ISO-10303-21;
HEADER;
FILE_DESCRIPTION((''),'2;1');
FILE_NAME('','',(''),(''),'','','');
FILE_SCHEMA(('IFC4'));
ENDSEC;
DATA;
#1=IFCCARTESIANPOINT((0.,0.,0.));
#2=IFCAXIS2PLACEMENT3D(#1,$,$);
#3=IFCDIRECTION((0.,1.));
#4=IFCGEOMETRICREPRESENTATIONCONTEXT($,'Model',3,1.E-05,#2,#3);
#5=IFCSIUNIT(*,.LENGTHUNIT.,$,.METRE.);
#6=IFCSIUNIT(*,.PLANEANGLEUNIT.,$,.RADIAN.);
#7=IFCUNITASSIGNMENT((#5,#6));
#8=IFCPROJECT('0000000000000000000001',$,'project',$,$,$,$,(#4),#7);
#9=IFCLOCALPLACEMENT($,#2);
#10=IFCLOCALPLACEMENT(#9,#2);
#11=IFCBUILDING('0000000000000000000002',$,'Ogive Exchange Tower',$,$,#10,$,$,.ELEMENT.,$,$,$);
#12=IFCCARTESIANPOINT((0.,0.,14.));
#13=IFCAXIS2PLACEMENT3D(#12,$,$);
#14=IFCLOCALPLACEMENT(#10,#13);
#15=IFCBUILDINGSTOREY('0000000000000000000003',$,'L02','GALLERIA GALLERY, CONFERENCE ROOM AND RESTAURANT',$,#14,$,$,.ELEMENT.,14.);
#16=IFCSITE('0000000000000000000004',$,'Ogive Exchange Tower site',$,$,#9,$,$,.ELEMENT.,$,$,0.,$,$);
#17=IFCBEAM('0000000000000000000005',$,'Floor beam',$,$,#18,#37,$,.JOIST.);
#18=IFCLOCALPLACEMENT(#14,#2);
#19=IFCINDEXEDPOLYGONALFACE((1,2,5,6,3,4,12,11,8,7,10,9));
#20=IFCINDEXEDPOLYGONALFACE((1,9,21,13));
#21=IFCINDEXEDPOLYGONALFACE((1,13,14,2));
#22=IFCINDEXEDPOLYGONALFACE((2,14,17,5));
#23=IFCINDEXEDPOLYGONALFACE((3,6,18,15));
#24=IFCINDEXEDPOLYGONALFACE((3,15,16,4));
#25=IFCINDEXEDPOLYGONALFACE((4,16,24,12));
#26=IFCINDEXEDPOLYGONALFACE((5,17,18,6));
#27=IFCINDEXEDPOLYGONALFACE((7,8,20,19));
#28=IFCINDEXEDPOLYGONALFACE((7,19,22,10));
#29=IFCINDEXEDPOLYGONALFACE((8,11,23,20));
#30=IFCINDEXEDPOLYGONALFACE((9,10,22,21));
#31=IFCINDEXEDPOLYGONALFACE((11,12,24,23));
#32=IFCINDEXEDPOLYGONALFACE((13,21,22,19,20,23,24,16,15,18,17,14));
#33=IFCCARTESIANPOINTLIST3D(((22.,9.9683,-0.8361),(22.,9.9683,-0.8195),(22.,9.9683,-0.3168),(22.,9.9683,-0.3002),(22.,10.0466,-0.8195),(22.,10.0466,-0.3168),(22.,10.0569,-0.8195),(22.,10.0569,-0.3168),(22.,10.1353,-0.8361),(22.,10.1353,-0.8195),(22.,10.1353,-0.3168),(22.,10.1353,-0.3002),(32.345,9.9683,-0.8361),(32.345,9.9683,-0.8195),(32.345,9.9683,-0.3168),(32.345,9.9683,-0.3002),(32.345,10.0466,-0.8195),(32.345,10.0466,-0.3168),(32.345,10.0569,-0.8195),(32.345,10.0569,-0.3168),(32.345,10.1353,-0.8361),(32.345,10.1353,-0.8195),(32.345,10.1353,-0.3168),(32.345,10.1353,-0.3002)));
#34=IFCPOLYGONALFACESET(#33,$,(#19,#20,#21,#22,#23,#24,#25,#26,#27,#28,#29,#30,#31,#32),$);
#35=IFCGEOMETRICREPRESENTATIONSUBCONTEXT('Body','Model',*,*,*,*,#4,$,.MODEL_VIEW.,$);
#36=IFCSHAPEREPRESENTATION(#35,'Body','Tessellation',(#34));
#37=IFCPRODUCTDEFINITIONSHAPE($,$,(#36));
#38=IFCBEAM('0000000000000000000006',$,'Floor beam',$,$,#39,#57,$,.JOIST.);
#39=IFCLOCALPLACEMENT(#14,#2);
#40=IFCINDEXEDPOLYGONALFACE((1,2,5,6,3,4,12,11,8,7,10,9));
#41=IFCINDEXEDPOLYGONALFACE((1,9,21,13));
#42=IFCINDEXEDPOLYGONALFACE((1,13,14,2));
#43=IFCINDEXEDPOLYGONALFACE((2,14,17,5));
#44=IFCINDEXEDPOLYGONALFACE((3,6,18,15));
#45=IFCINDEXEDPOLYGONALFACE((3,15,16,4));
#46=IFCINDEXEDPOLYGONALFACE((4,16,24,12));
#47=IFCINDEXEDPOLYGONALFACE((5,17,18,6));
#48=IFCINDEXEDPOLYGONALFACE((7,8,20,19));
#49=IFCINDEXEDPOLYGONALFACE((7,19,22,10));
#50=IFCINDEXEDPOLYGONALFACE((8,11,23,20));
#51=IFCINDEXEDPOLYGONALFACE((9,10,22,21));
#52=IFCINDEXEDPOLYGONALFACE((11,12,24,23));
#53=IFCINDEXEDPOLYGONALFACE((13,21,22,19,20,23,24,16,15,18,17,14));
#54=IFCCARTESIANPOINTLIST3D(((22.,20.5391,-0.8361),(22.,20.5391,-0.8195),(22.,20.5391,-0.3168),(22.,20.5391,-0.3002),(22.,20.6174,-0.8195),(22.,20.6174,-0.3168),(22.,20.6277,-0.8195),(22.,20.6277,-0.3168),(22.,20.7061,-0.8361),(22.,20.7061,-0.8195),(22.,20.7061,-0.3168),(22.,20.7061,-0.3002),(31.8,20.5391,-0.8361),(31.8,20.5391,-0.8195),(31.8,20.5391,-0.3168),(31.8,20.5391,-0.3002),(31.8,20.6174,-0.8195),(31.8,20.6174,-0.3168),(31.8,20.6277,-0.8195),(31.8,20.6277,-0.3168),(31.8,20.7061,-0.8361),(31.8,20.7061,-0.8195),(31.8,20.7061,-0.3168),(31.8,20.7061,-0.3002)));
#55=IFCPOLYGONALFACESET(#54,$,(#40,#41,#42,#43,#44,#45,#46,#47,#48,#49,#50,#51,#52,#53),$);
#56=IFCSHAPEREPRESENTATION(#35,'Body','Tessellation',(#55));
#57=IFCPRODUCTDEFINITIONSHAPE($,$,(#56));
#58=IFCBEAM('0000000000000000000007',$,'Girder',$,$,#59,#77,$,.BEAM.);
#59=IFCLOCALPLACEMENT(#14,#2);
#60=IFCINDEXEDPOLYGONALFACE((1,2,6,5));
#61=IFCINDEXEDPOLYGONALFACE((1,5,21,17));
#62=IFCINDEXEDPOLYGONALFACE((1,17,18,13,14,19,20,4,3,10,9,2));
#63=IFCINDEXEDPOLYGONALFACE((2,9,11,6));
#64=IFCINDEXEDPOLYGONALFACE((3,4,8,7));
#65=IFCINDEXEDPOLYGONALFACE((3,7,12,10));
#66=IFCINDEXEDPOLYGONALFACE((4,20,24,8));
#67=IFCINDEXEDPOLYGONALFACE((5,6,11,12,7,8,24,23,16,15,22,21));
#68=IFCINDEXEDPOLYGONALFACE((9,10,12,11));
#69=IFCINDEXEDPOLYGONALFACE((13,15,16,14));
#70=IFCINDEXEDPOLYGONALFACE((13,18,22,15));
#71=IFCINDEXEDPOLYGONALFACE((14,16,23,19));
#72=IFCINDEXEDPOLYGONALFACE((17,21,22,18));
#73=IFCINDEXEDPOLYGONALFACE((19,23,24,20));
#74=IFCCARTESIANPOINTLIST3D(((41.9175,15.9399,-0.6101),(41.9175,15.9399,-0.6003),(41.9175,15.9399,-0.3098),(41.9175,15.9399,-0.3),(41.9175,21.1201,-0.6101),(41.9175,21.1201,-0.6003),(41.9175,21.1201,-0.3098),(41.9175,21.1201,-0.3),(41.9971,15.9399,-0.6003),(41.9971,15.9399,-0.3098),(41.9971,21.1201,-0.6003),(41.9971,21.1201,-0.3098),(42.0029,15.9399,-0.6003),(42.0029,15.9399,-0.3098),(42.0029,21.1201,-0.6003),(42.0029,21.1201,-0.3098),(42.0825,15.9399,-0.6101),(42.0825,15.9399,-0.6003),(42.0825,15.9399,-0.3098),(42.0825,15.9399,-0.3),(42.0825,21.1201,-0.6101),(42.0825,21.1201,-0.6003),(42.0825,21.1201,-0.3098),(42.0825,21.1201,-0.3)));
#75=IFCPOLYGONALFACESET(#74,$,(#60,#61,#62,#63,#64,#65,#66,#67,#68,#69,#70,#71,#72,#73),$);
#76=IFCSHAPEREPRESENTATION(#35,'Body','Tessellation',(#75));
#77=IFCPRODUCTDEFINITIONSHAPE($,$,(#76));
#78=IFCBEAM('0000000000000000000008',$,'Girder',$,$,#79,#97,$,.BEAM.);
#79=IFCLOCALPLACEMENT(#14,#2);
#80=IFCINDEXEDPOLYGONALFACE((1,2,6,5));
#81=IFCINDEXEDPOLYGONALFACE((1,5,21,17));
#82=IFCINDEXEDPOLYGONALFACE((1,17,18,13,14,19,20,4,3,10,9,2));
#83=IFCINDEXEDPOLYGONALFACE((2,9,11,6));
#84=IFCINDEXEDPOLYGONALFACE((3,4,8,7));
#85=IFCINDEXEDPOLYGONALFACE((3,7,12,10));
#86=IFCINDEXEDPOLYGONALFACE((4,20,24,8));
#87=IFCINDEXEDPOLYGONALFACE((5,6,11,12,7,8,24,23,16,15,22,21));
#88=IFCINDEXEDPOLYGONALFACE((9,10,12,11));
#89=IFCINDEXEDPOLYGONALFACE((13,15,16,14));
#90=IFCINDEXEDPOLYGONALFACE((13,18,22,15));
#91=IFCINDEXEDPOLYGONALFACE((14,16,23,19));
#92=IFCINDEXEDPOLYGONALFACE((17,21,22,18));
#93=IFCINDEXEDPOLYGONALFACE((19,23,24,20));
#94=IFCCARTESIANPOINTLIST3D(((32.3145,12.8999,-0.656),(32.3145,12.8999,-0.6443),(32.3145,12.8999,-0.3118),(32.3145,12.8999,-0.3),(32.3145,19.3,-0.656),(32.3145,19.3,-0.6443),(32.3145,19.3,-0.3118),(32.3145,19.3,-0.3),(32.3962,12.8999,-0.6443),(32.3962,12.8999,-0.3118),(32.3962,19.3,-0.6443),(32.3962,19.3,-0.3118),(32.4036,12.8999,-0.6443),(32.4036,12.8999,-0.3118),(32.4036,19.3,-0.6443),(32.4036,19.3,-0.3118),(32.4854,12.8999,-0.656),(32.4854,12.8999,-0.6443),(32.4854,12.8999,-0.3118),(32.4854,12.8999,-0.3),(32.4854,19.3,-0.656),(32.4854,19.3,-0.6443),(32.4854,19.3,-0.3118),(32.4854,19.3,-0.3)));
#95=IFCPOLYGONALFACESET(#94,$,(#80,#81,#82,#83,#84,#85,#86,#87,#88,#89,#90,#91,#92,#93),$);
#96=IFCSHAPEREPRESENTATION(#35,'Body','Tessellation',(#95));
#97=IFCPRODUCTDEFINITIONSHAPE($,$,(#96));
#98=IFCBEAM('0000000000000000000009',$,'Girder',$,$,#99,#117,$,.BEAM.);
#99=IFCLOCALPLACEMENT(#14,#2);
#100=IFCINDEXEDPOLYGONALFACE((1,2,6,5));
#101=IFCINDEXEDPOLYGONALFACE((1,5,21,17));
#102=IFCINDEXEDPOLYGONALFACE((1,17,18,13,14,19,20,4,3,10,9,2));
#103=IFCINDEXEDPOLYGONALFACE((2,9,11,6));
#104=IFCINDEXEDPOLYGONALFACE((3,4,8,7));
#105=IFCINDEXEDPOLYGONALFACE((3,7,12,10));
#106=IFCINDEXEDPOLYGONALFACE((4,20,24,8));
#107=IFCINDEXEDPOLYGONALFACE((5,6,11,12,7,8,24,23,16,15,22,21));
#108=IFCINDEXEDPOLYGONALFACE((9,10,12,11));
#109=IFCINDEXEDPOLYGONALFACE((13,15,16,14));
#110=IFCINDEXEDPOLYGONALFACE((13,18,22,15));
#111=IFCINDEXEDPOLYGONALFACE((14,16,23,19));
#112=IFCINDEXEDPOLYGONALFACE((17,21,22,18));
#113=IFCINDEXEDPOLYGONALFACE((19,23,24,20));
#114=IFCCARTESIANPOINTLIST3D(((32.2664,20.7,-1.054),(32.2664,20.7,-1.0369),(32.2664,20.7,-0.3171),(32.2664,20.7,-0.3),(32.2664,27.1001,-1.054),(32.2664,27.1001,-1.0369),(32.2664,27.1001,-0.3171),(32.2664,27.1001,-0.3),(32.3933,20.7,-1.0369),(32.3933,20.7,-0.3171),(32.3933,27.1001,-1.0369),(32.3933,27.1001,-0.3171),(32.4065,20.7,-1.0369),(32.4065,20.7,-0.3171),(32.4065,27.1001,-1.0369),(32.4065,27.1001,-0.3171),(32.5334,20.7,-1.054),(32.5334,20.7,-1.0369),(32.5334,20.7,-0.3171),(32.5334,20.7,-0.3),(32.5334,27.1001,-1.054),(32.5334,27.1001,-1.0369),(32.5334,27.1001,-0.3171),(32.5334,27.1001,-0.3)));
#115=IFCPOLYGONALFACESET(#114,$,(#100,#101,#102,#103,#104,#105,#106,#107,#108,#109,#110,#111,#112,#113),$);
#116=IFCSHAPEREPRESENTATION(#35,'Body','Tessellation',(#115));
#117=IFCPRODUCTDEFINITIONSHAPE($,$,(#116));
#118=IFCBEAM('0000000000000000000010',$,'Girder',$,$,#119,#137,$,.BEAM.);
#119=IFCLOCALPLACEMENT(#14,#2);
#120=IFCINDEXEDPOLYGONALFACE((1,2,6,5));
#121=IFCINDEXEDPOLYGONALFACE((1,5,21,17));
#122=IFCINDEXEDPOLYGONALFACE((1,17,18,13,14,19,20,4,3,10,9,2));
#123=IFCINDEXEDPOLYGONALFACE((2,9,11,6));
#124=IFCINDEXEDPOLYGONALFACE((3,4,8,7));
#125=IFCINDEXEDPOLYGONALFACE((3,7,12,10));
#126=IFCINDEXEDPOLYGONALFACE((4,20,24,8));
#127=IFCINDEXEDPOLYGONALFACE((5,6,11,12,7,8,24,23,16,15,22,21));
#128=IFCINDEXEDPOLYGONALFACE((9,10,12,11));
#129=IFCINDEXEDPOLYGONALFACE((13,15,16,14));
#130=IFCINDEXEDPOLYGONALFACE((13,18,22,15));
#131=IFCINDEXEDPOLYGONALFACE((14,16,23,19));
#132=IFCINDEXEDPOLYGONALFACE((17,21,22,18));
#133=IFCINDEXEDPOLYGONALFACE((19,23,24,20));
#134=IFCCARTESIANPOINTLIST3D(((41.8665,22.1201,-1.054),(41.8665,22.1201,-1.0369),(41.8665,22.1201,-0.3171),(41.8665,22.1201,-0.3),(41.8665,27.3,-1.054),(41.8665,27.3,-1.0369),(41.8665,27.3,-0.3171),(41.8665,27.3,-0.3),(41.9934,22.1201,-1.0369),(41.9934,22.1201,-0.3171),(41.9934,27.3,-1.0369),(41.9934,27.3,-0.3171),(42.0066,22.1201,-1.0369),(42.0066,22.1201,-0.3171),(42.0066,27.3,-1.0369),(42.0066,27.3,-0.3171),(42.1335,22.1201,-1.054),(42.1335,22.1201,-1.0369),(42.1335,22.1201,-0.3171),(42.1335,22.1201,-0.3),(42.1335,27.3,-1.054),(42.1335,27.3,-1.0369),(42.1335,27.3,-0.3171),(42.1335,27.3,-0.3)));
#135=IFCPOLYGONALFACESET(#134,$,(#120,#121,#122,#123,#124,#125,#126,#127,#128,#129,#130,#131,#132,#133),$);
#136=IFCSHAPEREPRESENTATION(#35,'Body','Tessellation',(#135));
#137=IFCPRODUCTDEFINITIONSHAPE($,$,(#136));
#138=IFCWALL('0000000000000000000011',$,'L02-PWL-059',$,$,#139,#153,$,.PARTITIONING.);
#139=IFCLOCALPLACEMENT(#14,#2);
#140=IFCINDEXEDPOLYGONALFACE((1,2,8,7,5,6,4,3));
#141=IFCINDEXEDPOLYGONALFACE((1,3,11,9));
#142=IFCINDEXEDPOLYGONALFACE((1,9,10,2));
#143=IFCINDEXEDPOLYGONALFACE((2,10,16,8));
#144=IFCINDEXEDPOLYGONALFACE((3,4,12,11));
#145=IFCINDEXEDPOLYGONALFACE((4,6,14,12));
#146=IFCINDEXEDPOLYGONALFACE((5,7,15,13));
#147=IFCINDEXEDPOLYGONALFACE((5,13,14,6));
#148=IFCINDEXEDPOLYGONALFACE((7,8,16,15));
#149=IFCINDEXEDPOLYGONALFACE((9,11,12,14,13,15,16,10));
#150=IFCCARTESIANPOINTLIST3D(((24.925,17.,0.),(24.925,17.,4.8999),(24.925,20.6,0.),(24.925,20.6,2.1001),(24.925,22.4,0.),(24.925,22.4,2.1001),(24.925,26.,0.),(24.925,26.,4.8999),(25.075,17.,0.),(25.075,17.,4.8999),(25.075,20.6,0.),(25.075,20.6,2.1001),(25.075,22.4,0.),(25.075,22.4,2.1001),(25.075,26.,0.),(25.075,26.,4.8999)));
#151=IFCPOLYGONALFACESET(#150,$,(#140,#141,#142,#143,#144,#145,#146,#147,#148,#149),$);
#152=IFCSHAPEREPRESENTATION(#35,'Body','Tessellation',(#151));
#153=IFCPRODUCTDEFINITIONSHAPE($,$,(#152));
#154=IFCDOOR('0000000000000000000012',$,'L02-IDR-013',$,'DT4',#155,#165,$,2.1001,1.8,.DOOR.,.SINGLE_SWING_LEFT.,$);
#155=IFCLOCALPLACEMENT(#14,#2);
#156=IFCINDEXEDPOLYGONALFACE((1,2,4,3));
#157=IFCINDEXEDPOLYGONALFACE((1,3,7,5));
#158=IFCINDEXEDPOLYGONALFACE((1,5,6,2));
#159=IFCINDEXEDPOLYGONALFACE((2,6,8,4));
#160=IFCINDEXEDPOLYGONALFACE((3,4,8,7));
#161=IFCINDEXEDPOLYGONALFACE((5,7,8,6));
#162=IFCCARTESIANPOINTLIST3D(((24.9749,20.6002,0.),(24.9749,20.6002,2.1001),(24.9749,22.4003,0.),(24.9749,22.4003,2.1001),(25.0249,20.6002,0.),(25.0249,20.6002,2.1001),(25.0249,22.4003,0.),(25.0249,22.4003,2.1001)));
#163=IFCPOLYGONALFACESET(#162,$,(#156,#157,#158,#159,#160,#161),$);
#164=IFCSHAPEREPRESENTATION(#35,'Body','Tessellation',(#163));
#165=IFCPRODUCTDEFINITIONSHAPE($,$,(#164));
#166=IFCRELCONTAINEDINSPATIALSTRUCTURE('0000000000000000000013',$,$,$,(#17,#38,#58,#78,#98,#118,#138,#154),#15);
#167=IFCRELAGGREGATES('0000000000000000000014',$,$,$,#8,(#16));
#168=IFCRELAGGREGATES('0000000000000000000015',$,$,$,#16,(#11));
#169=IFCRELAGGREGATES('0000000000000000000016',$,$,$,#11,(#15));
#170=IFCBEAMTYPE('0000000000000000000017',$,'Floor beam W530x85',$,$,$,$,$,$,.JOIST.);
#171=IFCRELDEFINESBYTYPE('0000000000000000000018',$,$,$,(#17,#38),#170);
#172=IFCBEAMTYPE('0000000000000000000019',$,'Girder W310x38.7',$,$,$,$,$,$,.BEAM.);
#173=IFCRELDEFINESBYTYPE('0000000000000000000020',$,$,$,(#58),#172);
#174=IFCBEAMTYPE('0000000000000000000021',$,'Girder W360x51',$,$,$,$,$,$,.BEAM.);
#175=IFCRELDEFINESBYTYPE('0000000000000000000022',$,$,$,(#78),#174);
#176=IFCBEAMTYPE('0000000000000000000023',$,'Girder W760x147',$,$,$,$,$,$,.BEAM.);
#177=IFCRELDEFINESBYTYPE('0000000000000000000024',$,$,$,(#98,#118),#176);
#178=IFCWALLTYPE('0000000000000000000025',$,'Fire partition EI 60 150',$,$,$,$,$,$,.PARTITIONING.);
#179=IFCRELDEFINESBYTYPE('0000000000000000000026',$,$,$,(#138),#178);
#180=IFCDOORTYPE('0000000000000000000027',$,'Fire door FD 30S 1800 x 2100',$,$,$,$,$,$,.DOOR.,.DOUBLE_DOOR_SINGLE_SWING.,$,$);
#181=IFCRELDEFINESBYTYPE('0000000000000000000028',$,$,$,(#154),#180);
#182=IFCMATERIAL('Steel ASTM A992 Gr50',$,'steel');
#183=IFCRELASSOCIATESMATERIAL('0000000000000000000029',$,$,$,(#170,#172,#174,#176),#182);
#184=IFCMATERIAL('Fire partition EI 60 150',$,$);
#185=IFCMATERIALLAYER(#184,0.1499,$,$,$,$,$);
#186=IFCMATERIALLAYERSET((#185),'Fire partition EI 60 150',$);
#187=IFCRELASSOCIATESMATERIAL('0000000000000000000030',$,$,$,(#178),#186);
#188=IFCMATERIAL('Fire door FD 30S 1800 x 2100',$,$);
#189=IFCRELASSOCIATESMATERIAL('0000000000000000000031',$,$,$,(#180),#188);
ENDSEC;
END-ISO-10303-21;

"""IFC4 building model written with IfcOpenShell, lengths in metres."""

from ifc_helpers import new_model, si_unit, direction, frame, frame_2d, origin, origin_2d, place, context, subcontext, project, spatial, rectangle, i_section, extrude, material, layer, layer_set, material_profile, profile_set, type_object, element, fill, save


model = new_model("IFC4")

# Units and contexts
model_context = context("Model", 3, precision=1e-05, world=origin(), true_north=direction((0.0, 1.0)))
body_context = subcontext(model_context, "Body", "Model", "MODEL_VIEW")
ifc_project = project(units=[si_unit("LENGTHUNIT", "METRE"), si_unit("PLANEANGLEUNIT", "RADIAN")], contexts=[model_context])

# Site, building, storey
site_placement = place(None, origin())
site = spatial("IfcSite", under=ifc_project, at=site_placement, Name="Ogive Exchange Tower site", CompositionType="ELEMENT", RefElevation=0.0)
building_placement = place(site_placement, origin())
building = spatial("IfcBuilding", under=site, at=building_placement, Name="Ogive Exchange Tower", CompositionType="ELEMENT")
storey_placement = place(building_placement, frame((0.0, 0.0, 14.0)))
storey = spatial("IfcBuildingStorey", under=building, at=storey_placement, Name="L02", Description="GALLERIA GALLERY, CONFERENCE ROOM AND RESTAURANT", CompositionType="ELEMENT", Elevation=14.0)

# Beams
ifc_material_1 = material(Name="Steel ASTM A992 Gr50", Category="steel")
ifc_material_profile_1 = material_profile(ifc_material_1, i_section(OverallWidth=0.167, OverallDepth=0.5359, WebThickness=0.0103, FlangeThickness=0.0166, at=origin_2d()), Name="W530x85")
ifc_profile_set_1 = profile_set([ifc_material_profile_1], Name="Steel ASTM A992 Gr50")
beam_type_1 = type_object("IfcBeamType", Name="Floor beam W530x85", PredefinedType="JOIST", material=ifc_profile_set_1)
beam_1_placement = place(storey_placement, frame((22.0, 10.0518, -0.5681), z_axis=(1.0, 0.0, 0.0), x_axis=(0.0, 1.0, 0.0)))
element("IfcBeam", 1, at=beam_1_placement, inside=storey, type_object=beam_type_1, Name="Floor beam", PredefinedType="JOIST", context=body_context, shape_type="SweptSolid", body=[
    extrude(i_section(OverallWidth=0.167, OverallDepth=0.5359, WebThickness=0.0103, FlangeThickness=0.0166, at=origin_2d()), origin(), (0.0, 0.0, 1.0), 10.345),
])
beam_2_placement = place(storey_placement, frame((22.0, 20.6226, -0.5681), z_axis=(1.0, 0.0, 0.0), x_axis=(0.0, 1.0, 0.0)))
element("IfcBeam", 2, at=beam_2_placement, inside=storey, type_object=beam_type_1, Name="Floor beam", PredefinedType="JOIST", context=body_context, shape_type="SweptSolid", body=[
    extrude(i_section(OverallWidth=0.167, OverallDepth=0.5359, WebThickness=0.0103, FlangeThickness=0.0166, at=origin_2d()), origin(), (0.0, 0.0, 1.0), 9.8),
])
ifc_material_profile_2 = material_profile(ifc_material_1, i_section(OverallWidth=0.165, OverallDepth=0.3101, WebThickness=0.0059, FlangeThickness=0.0098, at=origin_2d()), Name="W310x38.7")
ifc_profile_set_2 = profile_set([ifc_material_profile_2], Name="Steel ASTM A992 Gr50")
beam_type_2 = type_object("IfcBeamType", Name="Girder W310x38.7", PredefinedType="BEAM", material=ifc_profile_set_2)
beam_3_placement = place(storey_placement, frame((42.0, 15.9399, -0.4551), z_axis=(0.0, 1.0, 0.0), x_axis=(-1.0, 0.0, 0.0)))
element("IfcBeam", 3, at=beam_3_placement, inside=storey, type_object=beam_type_2, Name="Girder", PredefinedType="BEAM", context=body_context, shape_type="SweptSolid", body=[
    extrude(i_section(OverallWidth=0.165, OverallDepth=0.3101, WebThickness=0.0059, FlangeThickness=0.0098, at=origin_2d()), origin(), (0.0, 0.0, 1.0), 5.1802),
])
ifc_material_profile_3 = material_profile(ifc_material_1, i_section(OverallWidth=0.1709, OverallDepth=0.356, WebThickness=0.0073, FlangeThickness=0.0117, at=origin_2d()), Name="W360x51")
ifc_profile_set_3 = profile_set([ifc_material_profile_3], Name="Steel ASTM A992 Gr50")
beam_type_3 = type_object("IfcBeamType", Name="Girder W360x51", PredefinedType="BEAM", material=ifc_profile_set_3)
beam_4_placement = place(storey_placement, frame((32.3999, 12.8999, -0.478), z_axis=(0.0, 1.0, 0.0), x_axis=(-1.0, 0.0, 0.0)))
element("IfcBeam", 4, at=beam_4_placement, inside=storey, type_object=beam_type_3, Name="Girder", PredefinedType="BEAM", context=body_context, shape_type="SweptSolid", body=[
    extrude(i_section(OverallWidth=0.1709, OverallDepth=0.356, WebThickness=0.0073, FlangeThickness=0.0117, at=origin_2d()), origin(), (0.0, 0.0, 1.0), 6.4001),
])
ifc_material_profile_4 = material_profile(ifc_material_1, i_section(OverallWidth=0.2671, OverallDepth=0.7539, WebThickness=0.0132, FlangeThickness=0.0171, at=origin_2d()), Name="W760x147")
ifc_profile_set_4 = profile_set([ifc_material_profile_4], Name="Steel ASTM A992 Gr50")
beam_type_4 = type_object("IfcBeamType", Name="Girder W760x147", PredefinedType="BEAM", material=ifc_profile_set_4)
beam_5_placement = place(storey_placement, frame((32.3999, 20.7, -0.677), z_axis=(0.0, 1.0, 0.0), x_axis=(-1.0, 0.0, 0.0)))
element("IfcBeam", 5, at=beam_5_placement, inside=storey, type_object=beam_type_4, Name="Girder", PredefinedType="BEAM", context=body_context, shape_type="SweptSolid", body=[
    extrude(i_section(OverallWidth=0.2671, OverallDepth=0.7539, WebThickness=0.0132, FlangeThickness=0.0171, at=origin_2d()), origin(), (0.0, 0.0, 1.0), 6.4001),
])
beam_6_placement = place(storey_placement, frame((42.0, 22.1201, -0.677), z_axis=(0.0, 1.0, 0.0), x_axis=(-1.0, 0.0, 0.0)))
element("IfcBeam", 6, at=beam_6_placement, inside=storey, type_object=beam_type_4, Name="Girder", PredefinedType="BEAM", context=body_context, shape_type="SweptSolid", body=[
    extrude(i_section(OverallWidth=0.2671, OverallDepth=0.7539, WebThickness=0.0132, FlangeThickness=0.0171, at=origin_2d()), origin(), (0.0, 0.0, 1.0), 5.1799),
])

# Wall, opening, door
ifc_material_2 = material(Name="Fire partition EI 60 150")
ifc_layer_1 = layer(ifc_material_2, 0.1499)
ifc_layer_set_1 = layer_set([ifc_layer_1], Name="Fire partition EI 60 150")
wall_type_1 = type_object("IfcWallType", Name="Fire partition EI 60 150", PredefinedType="PARTITIONING", material=ifc_layer_set_1)
wall_1_placement = place(storey_placement, frame((25.0, 17.0, 0.0), z_axis=(0.0, 0.0, 1.0), x_axis=(0.0, 1.0, 0.0)))
wall_1 = element("IfcWall", 7, at=wall_1_placement, inside=storey, type_object=wall_type_1, Name="L02-PWL-059", PredefinedType="PARTITIONING", context=body_context, shape_type="SweptSolid", body=[
    extrude(rectangle(XDim=9.0, YDim=0.1499, at=frame_2d((4.5, 0.0))), origin(), (0.0, 0.0, 1.0), 4.8999),
])
opening_1_placement = place(wall_1_placement, frame((3.6001, 0.0, 0.0)))
opening_1 = element("IfcOpeningElement", 8, at=opening_1_placement, cuts=wall_1, PredefinedType="OPENING", context=body_context, shape_type="SweptSolid", body=[
    extrude(rectangle(XDim=1.8, YDim=2.1001, at=frame_2d((0.8999, 1.05))), frame((0.0, 0.085, 0.0), z_axis=(0.0, -1.0, 0.0), x_axis=(1.0, 0.0, 0.0)), (0.0, 0.0, 1.0), 0.1699),
])
ifc_material_3 = material(Name="Fire door FD 30S 1800 x 2100")
door_type = type_object("IfcDoorType", Name="Fire door FD 30S 1800 x 2100", OperationType="DOUBLE_DOOR_SINGLE_SWING", PredefinedType="DOOR", material=ifc_material_3)
door_placement = place(opening_1_placement, frame((1.8, 0.0, 0.0), z_axis=(0.0, 0.0, 1.0), x_axis=(-1.0, 0.0, 0.0)))
door = element("IfcDoor", 9, at=door_placement, inside=storey, type_object=door_type, Name="L02-IDR-013", ObjectType="DT4", OperationType="SINGLE_SWING_LEFT", OverallHeight=2.1001, OverallWidth=1.8, PredefinedType="DOOR", context=body_context, shape_type="SweptSolid", body=[
    extrude(rectangle(XDim=1.8, YDim=2.1001, at=frame_2d((0.8999, 1.05))), frame((0.0, 0.0249, 0.0), z_axis=(0.0, -1.0, 0.0), x_axis=(1.0, 0.0, 0.0)), (0.0, 0.0, 1.0), 0.05),
])
fill(opening_1, door)

save(model, "model.ifc")
